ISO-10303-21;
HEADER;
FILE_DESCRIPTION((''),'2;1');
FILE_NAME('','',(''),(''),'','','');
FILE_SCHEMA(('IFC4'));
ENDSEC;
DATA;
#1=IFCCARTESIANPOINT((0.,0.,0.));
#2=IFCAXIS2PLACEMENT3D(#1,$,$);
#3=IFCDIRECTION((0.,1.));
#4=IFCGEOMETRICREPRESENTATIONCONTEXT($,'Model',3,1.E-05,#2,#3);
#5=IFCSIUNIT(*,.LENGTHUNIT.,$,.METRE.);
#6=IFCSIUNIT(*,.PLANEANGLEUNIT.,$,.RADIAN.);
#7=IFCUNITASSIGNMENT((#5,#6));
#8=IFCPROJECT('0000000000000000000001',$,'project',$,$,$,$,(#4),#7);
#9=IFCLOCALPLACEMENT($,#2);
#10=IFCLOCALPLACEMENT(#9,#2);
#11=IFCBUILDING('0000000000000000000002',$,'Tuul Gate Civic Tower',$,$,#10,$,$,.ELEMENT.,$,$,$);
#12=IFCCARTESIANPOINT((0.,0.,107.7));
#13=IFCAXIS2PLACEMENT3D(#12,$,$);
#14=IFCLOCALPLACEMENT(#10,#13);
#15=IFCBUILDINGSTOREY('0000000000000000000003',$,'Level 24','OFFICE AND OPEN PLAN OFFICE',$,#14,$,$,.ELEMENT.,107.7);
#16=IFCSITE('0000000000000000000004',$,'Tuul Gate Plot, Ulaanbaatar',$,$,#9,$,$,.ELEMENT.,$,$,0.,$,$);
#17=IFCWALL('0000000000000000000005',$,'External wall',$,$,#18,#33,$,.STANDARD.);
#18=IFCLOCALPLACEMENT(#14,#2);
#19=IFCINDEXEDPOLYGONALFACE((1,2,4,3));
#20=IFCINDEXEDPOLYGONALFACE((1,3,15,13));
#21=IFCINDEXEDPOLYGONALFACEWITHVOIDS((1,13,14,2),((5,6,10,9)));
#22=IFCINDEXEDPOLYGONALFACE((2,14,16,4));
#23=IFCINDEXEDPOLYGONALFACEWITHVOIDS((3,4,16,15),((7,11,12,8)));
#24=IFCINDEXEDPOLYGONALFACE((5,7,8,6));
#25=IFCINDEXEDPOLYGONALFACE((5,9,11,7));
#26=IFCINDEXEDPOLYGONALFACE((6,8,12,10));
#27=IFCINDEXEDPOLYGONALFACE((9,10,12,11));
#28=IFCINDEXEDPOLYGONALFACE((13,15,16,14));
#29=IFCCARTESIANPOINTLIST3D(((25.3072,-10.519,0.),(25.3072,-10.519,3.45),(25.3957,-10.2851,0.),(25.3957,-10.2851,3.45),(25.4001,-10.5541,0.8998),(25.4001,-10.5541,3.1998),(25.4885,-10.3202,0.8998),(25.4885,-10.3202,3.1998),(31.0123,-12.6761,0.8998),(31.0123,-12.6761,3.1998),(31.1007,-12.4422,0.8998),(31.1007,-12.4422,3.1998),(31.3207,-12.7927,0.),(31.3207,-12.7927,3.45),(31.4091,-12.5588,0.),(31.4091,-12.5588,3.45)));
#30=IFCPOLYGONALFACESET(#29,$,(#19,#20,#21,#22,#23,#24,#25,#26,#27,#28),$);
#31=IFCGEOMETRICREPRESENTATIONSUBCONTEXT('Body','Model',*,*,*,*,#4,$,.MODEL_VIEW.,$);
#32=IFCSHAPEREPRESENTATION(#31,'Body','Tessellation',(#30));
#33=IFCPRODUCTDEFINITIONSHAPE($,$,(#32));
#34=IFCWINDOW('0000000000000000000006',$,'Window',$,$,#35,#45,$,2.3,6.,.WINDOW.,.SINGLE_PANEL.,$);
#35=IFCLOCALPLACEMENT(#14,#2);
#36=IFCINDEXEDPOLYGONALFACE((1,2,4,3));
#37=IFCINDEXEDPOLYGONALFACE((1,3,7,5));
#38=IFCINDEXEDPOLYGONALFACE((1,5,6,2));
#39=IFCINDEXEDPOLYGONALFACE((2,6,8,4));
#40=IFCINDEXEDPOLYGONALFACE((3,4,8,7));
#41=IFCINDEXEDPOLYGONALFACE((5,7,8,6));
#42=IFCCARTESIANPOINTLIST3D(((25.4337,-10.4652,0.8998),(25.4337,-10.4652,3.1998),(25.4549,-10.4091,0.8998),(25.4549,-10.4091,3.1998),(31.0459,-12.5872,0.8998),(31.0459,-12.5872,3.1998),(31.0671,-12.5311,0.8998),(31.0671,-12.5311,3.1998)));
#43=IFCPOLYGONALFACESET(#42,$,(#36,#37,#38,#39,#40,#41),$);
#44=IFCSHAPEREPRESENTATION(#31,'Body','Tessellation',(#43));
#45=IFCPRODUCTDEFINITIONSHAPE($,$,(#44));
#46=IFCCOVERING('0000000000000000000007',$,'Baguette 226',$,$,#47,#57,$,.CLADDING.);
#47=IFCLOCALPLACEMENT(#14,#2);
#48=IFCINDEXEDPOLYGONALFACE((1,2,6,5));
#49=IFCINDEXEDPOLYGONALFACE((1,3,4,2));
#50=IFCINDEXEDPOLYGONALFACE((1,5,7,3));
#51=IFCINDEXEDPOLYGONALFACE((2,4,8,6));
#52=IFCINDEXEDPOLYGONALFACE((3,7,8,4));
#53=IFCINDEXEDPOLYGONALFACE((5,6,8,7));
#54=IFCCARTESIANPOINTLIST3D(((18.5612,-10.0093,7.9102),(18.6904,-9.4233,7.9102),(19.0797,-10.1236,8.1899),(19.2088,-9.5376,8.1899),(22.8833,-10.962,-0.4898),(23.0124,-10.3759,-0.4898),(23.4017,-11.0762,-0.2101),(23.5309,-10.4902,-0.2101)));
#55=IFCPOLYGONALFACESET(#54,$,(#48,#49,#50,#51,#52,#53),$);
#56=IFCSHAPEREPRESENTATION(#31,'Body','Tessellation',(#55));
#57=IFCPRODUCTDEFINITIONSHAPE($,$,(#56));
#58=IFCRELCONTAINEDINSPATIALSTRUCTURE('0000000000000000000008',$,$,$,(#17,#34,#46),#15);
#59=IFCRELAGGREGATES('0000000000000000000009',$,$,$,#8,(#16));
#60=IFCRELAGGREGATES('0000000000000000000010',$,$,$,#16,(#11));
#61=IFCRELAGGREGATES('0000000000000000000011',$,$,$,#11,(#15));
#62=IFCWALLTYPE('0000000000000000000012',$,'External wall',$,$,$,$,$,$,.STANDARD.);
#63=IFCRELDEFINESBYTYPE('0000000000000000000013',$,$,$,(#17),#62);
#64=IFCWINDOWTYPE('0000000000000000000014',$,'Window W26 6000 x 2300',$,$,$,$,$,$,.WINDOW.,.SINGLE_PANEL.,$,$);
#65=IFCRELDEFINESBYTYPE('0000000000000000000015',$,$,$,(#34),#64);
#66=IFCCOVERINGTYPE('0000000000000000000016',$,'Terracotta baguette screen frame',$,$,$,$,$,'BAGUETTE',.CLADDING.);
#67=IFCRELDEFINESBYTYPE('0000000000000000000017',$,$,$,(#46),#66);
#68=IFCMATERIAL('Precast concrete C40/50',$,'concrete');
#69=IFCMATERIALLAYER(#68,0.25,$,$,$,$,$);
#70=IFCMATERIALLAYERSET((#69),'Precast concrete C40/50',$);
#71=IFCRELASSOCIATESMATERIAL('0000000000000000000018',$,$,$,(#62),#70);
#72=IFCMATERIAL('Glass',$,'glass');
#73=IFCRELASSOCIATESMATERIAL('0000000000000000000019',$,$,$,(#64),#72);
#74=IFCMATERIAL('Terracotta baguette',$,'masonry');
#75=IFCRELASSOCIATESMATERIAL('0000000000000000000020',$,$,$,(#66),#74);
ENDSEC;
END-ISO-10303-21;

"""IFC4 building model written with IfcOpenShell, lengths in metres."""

from ifc_helpers import new_model, si_unit, direction, frame, frame_2d, origin, origin_2d, place, context, subcontext, project, spatial, rectangle, extrude, material, layer, layer_set, material_profile, profile_set, type_object, element, fill, save


model = new_model("IFC4")

# Units and contexts
model_context = context("Model", 3, precision=1e-05, world=origin(), true_north=direction((0.0, 1.0)))
body_context = subcontext(model_context, "Body", "Model", "MODEL_VIEW")
ifc_project = project(units=[si_unit("LENGTHUNIT", "METRE"), si_unit("PLANEANGLEUNIT", "RADIAN")], contexts=[model_context])

# Site, building, storey
site_placement = place(None, origin())
site = spatial("IfcSite", under=ifc_project, at=site_placement, Name="Tuul Gate Plot, Ulaanbaatar", CompositionType="ELEMENT", RefElevation=0.0)
building_placement = place(site_placement, origin())
building = spatial("IfcBuilding", under=site, at=building_placement, Name="Tuul Gate Civic Tower", CompositionType="ELEMENT")
storey_placement = place(building_placement, frame((0.0, 0.0, 107.7)))
storey = spatial("IfcBuildingStorey", under=building, at=storey_placement, Name="Level 24", Description="OFFICE AND OPEN PLAN OFFICE", CompositionType="ELEMENT", Elevation=107.7)

# Wall, opening, window
ifc_material_1 = material(Name="Precast concrete C40/50", Category="concrete")
ifc_layer_1 = layer(ifc_material_1, 0.25)
ifc_layer_set_1 = layer_set([ifc_layer_1], Name="Precast concrete C40/50")
wall_type_1 = type_object("IfcWallType", Name="External wall", PredefinedType="STANDARD", material=ifc_layer_set_1)
ifc_material_2 = material(Name="Glass", Category="glass")
window_type = type_object("IfcWindowType", Name="Window W26 6000 x 2300", PartitioningType="SINGLE_PANEL", PredefinedType="WINDOW", material=ifc_material_2)
wall_1_placement = place(storey_placement, frame((25.3516, -10.4021, 0.0), z_axis=(0.0, 0.0, 1.0), x_axis=(0.935372, -0.353665, 0.0)))
wall_1 = element("IfcWall", 1, at=wall_1_placement, inside=storey, type_object=wall_type_1, Name="External wall", PredefinedType="STANDARD", context=body_context, shape_type="SweptSolid", body=[
    extrude(rectangle(XDim=6.429, YDim=0.25, at=frame_2d((3.2144, 0.0))), origin(), (0.0, 0.0, 1.0), 3.45),
])
opening_1_placement = place(wall_1_placement, frame((0.0991, 0.0, 0.8999)))
opening_1 = element("IfcOpeningElement", 2, at=opening_1_placement, cuts=wall_1, PredefinedType="OPENING", context=body_context, shape_type="SweptSolid", body=[
    extrude(rectangle(XDim=6.0, YDim=2.3, at=frame_2d((3.0, 1.1499))), frame((0.0, 0.135, 0.0), z_axis=(0.0, -1.0, 0.0), x_axis=(1.0, 0.0, 0.0)), (0.0, 0.0, 1.0), 0.27),
])
window_1_placement = place(opening_1_placement, origin())
window_1 = element("IfcWindow", 3, at=window_1_placement, inside=storey, type_object=window_type, Name="Window", OverallHeight=2.3, OverallWidth=6.0, PartitioningType="SINGLE_PANEL", PredefinedType="WINDOW", context=body_context, shape_type="SweptSolid", body=[
    extrude(rectangle(XDim=6.0, YDim=2.3, at=frame_2d((3.0, 1.1499))), frame((0.0, 0.03, 0.0), z_axis=(0.0, -1.0, 0.0), x_axis=(1.0, 0.0, 0.0)), (0.0, 0.0, 1.0), 0.0601),
])
fill(opening_1, window_1)

# Covering
ifc_material_3 = material(Name="Terracotta baguette", Category="masonry")
ifc_material_profile_1 = material_profile(ifc_material_3, rectangle(XDim=0.6001, YDim=0.6001, at=origin_2d()), Name="Terracotta baguette screen frame")
ifc_profile_set_1 = profile_set([ifc_material_profile_1], Name="Terracotta baguette")
covering_type = type_object("IfcCoveringType", Name="Terracotta baguette screen frame", ElementType="BAGUETTE", PredefinedType="CLADDING", material=ifc_profile_set_1)
covering_placement = place(storey_placement, frame((18.885, -9.7734, 8.05), z_axis=(0.455213, -0.100336, -0.884711), x_axis=(0.215248, 0.976559, 0.0)))
element("IfcCovering", 4, at=covering_placement, inside=storey, type_object=covering_type, Name="Baguette 226", PredefinedType="CLADDING", context=body_context, shape_type="SweptSolid", body=[
    extrude(rectangle(XDim=0.6001, YDim=0.6001, at=origin_2d()), origin(), (0.0, 0.0, 1.0), 9.4946),
])

save(model, "model.ifc")
